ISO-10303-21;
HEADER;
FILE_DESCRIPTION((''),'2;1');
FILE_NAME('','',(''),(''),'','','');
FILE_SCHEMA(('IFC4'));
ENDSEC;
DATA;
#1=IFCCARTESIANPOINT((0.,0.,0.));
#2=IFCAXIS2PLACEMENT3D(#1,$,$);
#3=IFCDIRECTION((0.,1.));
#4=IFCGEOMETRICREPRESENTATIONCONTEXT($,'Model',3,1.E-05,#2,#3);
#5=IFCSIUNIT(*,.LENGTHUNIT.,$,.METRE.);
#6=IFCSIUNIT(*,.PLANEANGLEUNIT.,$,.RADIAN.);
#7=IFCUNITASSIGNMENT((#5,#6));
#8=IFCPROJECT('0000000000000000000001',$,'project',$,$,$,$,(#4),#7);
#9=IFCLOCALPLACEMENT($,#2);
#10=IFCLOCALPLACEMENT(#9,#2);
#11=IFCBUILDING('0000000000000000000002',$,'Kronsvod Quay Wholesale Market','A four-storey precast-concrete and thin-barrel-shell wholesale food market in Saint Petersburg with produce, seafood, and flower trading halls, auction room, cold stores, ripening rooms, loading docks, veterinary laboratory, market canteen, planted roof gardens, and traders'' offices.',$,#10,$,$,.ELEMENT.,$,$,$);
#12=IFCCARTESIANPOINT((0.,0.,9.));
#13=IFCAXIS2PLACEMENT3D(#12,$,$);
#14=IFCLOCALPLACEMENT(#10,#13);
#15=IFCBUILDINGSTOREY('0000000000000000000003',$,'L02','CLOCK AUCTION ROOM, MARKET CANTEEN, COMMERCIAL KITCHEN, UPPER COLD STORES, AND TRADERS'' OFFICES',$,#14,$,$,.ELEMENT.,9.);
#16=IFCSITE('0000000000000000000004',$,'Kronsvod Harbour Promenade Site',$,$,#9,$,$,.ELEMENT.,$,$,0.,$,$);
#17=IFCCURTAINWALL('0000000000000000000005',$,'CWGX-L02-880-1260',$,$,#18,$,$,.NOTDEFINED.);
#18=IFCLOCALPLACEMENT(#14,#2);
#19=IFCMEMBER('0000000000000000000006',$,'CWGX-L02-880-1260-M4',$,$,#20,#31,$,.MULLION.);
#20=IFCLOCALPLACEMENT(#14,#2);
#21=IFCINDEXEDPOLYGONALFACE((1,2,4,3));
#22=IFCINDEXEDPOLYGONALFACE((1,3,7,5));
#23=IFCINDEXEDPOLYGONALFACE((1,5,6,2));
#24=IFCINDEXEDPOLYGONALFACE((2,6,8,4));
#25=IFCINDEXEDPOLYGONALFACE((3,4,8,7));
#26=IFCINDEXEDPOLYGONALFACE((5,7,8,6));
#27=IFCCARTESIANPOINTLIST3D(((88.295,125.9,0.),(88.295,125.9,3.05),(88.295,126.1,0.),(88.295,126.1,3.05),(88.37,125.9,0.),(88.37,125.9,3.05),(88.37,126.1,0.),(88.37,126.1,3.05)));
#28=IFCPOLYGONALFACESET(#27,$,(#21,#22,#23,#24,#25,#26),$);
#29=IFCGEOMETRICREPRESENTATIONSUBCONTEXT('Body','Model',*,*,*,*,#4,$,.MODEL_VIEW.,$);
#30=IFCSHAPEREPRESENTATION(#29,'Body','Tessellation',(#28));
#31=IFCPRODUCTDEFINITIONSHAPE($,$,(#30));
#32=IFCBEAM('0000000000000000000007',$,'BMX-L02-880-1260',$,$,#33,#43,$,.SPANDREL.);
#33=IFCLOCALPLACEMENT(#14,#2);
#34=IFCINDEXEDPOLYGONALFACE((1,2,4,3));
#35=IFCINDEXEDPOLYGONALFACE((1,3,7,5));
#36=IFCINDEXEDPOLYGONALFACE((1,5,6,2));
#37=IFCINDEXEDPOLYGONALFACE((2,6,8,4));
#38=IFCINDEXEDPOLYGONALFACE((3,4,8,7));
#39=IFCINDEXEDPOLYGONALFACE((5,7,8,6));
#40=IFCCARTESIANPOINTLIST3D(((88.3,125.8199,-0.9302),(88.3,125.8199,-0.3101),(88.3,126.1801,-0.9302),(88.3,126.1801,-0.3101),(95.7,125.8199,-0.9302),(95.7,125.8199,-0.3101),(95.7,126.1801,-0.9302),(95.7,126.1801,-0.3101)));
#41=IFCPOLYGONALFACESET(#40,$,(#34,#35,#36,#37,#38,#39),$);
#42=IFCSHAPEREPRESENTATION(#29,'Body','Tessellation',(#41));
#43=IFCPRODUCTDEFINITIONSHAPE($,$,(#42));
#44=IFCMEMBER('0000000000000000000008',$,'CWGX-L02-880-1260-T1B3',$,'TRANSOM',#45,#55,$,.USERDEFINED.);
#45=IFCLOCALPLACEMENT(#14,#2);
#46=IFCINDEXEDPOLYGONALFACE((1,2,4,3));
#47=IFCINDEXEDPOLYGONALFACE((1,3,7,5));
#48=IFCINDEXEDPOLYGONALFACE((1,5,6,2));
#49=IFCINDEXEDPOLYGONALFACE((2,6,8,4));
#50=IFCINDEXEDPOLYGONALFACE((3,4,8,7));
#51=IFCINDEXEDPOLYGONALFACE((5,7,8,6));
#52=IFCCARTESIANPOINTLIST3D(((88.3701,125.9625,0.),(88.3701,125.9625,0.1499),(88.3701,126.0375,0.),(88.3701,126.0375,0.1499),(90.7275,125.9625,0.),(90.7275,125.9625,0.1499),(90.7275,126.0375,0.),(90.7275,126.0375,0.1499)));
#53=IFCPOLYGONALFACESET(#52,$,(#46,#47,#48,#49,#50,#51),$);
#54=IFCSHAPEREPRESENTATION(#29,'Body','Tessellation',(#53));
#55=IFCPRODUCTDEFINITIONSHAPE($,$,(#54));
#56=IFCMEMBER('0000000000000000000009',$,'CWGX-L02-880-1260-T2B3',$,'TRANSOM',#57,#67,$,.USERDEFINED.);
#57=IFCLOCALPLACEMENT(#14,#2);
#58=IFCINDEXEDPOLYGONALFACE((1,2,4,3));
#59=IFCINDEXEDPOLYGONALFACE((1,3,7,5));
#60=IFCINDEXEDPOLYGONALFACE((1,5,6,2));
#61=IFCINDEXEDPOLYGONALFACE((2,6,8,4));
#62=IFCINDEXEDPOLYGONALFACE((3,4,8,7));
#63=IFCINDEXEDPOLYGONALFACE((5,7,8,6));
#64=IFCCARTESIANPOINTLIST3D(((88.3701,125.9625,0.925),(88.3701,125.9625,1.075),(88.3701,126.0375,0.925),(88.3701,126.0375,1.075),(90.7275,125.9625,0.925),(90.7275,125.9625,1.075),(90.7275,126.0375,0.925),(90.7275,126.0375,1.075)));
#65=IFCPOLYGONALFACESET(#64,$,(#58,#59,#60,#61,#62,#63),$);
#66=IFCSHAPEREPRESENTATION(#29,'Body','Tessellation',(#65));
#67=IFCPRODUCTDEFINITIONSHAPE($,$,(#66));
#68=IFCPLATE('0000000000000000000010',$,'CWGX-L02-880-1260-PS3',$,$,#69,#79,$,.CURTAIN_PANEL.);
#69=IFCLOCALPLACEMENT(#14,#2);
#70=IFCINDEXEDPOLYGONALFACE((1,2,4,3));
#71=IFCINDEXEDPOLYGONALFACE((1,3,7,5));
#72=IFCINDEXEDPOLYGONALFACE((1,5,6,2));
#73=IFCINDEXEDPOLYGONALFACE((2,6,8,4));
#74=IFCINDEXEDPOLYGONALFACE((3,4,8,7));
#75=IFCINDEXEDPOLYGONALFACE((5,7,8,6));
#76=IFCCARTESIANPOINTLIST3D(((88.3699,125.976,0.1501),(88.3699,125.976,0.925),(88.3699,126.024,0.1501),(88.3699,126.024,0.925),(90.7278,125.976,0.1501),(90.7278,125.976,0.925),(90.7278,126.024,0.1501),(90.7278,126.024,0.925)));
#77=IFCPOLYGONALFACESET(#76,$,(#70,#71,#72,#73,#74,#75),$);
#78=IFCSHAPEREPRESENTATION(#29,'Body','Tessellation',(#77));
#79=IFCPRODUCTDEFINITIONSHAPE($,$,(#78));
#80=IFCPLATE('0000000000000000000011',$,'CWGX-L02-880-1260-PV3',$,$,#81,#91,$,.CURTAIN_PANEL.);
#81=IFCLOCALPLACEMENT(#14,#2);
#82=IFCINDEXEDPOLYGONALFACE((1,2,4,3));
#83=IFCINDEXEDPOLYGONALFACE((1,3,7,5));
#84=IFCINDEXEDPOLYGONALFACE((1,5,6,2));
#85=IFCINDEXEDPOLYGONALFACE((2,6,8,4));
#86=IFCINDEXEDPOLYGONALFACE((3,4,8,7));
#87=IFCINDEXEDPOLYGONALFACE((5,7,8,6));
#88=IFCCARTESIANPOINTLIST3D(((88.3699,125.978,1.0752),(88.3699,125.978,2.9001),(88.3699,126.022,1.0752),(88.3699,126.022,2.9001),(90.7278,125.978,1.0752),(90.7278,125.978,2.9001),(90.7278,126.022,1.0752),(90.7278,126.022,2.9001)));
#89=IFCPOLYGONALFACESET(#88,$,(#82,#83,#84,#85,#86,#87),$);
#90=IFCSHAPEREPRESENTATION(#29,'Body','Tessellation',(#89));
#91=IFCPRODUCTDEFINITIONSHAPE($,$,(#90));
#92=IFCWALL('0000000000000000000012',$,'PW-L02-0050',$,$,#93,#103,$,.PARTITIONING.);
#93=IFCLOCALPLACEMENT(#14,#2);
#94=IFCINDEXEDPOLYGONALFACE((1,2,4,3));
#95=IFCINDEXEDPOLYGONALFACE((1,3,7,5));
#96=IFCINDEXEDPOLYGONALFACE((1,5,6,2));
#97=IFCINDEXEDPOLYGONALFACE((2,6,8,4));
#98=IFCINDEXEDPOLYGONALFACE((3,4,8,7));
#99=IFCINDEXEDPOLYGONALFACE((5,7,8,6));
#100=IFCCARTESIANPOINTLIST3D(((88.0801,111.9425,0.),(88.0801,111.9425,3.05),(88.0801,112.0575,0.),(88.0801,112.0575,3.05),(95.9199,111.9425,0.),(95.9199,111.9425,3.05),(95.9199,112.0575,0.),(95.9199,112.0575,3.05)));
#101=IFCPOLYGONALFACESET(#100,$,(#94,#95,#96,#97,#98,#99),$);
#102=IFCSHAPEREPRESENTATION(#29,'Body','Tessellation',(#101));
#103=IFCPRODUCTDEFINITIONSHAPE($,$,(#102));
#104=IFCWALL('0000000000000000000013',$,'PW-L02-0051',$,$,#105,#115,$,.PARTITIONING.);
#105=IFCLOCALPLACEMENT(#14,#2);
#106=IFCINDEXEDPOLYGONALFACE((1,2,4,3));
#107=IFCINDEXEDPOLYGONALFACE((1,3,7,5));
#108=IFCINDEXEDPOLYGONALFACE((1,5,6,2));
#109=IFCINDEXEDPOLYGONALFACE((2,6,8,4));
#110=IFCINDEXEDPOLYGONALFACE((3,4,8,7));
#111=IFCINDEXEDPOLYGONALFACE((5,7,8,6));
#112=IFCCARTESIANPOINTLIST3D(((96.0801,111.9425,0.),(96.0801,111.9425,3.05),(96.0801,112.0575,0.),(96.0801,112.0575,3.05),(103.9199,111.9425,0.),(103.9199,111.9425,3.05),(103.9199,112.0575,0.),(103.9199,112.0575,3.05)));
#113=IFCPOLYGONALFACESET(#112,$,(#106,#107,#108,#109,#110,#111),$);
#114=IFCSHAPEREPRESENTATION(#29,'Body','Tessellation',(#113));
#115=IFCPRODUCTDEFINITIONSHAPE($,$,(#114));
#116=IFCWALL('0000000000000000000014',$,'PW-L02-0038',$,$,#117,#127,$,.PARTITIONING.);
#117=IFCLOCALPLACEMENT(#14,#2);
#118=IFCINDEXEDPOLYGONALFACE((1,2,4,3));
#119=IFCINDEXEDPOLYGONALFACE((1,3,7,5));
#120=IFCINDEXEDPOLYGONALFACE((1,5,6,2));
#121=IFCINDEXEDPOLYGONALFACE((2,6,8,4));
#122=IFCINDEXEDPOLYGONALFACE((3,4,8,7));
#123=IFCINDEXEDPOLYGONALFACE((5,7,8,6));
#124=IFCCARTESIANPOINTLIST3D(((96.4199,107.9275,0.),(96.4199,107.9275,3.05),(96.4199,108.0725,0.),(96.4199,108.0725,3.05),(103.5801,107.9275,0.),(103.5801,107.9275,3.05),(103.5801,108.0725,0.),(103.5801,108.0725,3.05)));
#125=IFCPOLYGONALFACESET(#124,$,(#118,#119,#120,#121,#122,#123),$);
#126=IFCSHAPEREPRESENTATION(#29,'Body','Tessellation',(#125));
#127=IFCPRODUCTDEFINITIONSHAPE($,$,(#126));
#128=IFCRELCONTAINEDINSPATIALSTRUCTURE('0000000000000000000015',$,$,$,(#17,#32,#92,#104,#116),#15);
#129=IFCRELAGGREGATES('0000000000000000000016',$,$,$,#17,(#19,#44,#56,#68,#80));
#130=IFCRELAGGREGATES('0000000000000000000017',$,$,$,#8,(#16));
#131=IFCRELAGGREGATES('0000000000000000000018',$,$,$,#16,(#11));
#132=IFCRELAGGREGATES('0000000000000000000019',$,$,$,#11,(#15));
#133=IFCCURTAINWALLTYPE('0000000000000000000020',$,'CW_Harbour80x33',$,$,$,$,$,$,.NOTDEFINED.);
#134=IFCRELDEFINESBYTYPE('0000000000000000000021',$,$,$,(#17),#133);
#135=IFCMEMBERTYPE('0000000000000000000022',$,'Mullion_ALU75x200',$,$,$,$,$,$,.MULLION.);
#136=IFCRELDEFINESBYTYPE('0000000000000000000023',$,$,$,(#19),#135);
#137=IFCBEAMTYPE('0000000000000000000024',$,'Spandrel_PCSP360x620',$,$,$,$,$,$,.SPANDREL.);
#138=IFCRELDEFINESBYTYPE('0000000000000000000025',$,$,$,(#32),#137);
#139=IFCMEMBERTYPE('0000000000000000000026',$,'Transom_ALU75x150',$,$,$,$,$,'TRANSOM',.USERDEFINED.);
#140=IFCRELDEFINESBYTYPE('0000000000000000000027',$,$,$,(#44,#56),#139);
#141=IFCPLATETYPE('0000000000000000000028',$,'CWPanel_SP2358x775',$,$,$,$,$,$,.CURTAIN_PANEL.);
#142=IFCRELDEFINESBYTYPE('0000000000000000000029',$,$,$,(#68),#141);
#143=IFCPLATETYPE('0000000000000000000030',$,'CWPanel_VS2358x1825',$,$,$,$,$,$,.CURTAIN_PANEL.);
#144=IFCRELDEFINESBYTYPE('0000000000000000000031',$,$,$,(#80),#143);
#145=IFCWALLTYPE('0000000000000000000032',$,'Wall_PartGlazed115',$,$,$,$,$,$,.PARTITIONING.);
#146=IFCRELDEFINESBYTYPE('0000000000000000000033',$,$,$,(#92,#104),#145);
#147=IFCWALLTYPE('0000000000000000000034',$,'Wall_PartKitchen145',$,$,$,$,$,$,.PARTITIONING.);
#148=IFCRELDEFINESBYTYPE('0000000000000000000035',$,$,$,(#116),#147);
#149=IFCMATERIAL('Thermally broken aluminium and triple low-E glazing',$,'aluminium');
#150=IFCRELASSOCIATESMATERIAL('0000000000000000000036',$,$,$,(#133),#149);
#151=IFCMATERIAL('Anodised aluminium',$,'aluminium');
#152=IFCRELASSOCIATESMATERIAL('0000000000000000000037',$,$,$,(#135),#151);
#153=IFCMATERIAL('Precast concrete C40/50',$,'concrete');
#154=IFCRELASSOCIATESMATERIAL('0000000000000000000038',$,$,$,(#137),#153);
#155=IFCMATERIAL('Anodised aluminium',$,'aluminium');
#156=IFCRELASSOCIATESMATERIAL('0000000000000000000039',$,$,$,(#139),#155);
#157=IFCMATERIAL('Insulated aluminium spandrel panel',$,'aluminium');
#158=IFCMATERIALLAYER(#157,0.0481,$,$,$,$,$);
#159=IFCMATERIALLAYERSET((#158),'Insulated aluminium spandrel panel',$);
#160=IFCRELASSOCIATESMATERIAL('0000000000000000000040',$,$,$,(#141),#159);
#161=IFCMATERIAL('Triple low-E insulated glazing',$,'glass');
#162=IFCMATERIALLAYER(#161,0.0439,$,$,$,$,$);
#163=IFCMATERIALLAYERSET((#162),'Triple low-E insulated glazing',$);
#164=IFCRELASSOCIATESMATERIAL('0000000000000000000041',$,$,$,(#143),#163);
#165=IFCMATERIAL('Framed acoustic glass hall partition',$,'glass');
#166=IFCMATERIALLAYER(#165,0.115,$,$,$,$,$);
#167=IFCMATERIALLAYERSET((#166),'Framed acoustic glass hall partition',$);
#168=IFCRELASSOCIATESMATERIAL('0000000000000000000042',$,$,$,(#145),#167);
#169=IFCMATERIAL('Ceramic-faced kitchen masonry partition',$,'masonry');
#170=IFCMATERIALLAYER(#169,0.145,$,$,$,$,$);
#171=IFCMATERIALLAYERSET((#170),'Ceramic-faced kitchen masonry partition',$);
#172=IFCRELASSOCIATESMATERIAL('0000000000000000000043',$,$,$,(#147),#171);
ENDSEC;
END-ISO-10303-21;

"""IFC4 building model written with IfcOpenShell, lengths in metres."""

from ifc_helpers import new_model, si_unit, direction, frame, frame_2d, origin, origin_2d, place, context, subcontext, project, spatial, rectangle, extrude, material, layer, layer_set, material_profile, profile_set, type_object, element, aggregate, save


model = new_model("IFC4")

# Units and contexts
model_context = context("Model", 3, precision=1e-05, world=origin(), true_north=direction((0.0, 1.0)))
body_context = subcontext(model_context, "Body", "Model", "MODEL_VIEW")
ifc_project = project(units=[si_unit("LENGTHUNIT", "METRE"), si_unit("PLANEANGLEUNIT", "RADIAN")], contexts=[model_context])

# Site, building, storey
site_placement = place(None, origin())
site = spatial("IfcSite", under=ifc_project, at=site_placement, Name="Kronsvod Harbour Promenade Site", CompositionType="ELEMENT", RefElevation=0.0)
building_placement = place(site_placement, origin())
building = spatial("IfcBuilding", under=site, at=building_placement, Name="Kronsvod Quay Wholesale Market", Description="A four-storey precast-concrete and thin-barrel-shell wholesale food market in Saint Petersburg with produce, seafood, and flower trading halls, auction room, cold stores, ripening rooms, loading docks, veterinary laboratory, market canteen, planted roof gardens, and traders' offices.", CompositionType="ELEMENT")
storey_placement = place(building_placement, frame((0.0, 0.0, 9.0)))
storey = spatial("IfcBuildingStorey", under=building, at=storey_placement, Name="L02", Description="CLOCK AUCTION ROOM, MARKET CANTEEN, COMMERCIAL KITCHEN, UPPER COLD STORES, AND TRADERS' OFFICES", CompositionType="ELEMENT", Elevation=9.0)

# Curtain wall, member
ifc_material_1 = material(Name="Thermally broken aluminium and triple low-E glazing", Category="aluminium")
curtain_wall_type = type_object("IfcCurtainWallType", Name="CW_Harbour80x33", PredefinedType="NOTDEFINED", material=ifc_material_1)
curtain_wall_placement = place(storey_placement, origin())
curtain_wall = element("IfcCurtainWall", 1, at=curtain_wall_placement, inside=storey, type_object=curtain_wall_type, Name="CWGX-L02-880-1260", PredefinedType="NOTDEFINED")
ifc_material_2 = material(Name="Anodised aluminium", Category="aluminium")
ifc_material_profile_1 = material_profile(ifc_material_2, rectangle(XDim=0.075, YDim=0.2, at=origin_2d()), Name="ALUM75x200")
ifc_profile_set_1 = profile_set([ifc_material_profile_1], Name="Anodised aluminium")
member_type_1 = type_object("IfcMemberType", Name="Mullion_ALU75x200", PredefinedType="MULLION", material=ifc_profile_set_1)
member_1_placement = place(storey_placement, frame((88.3325, 126.0, 0.0), z_axis=(0.0, 0.0, 1.0), x_axis=(1.0, 0.0, 0.0)))
member_1 = element("IfcMember", 2, at=member_1_placement, type_object=member_type_1, Name="CWGX-L02-880-1260-M4", PredefinedType="MULLION", context=body_context, shape_type="SweptSolid", body=[
    extrude(rectangle(XDim=0.075, YDim=0.2, at=origin_2d()), origin(), (0.0, 0.0, 1.0), 3.05),
])

# Beam
ifc_material_3 = material(Name="Precast concrete C40/50", Category="concrete")
ifc_material_profile_2 = material_profile(ifc_material_3, rectangle(XDim=0.3601, YDim=0.6201, at=origin_2d()), Name="SPB-02")
ifc_profile_set_2 = profile_set([ifc_material_profile_2], Name="Precast concrete C40/50")
beam_type_1 = type_object("IfcBeamType", Name="Spandrel_PCSP360x620", PredefinedType="SPANDREL", material=ifc_profile_set_2)
beam_1_placement = place(storey_placement, frame((88.3, 126.0, -0.6201), z_axis=(1.0, 0.0, 0.0), x_axis=(0.0, 1.0, 0.0)))
element("IfcBeam", 3, at=beam_1_placement, inside=storey, type_object=beam_type_1, Name="BMX-L02-880-1260", PredefinedType="SPANDREL", context=body_context, shape_type="SweptSolid", body=[
    extrude(rectangle(XDim=0.3601, YDim=0.6201, at=origin_2d()), origin(), (0.0, 0.0, 1.0), 7.3999),
])

# Members
ifc_material_4 = material(Name="Anodised aluminium", Category="aluminium")
ifc_material_profile_3 = material_profile(ifc_material_4, rectangle(XDim=0.075, YDim=0.1499, at=origin_2d()), Name="ALUT75x150")
ifc_profile_set_3 = profile_set([ifc_material_profile_3], Name="Anodised aluminium")
member_type_2 = type_object("IfcMemberType", Name="Transom_ALU75x150", ElementType="TRANSOM", PredefinedType="USERDEFINED", material=ifc_profile_set_3)
member_2_placement = place(storey_placement, frame((90.7275, 126.0, 0.075), z_axis=(-1.0, 0.0, 0.0), x_axis=(0.0, -1.0, 0.0)))
member_2 = element("IfcMember", 4, at=member_2_placement, type_object=member_type_2, Name="CWGX-L02-880-1260-T1B3", ObjectType="TRANSOM", PredefinedType="USERDEFINED", context=body_context, shape_type="SweptSolid", body=[
    extrude(rectangle(XDim=0.075, YDim=0.1499, at=origin_2d()), origin(), (0.0, 0.0, 1.0), 2.3574),
])
member_3_placement = place(storey_placement, frame((90.7275, 126.0, 1.0), z_axis=(-1.0, 0.0, 0.0), x_axis=(0.0, -1.0, 0.0)))
member_3 = element("IfcMember", 5, at=member_3_placement, type_object=member_type_2, Name="CWGX-L02-880-1260-T2B3", ObjectType="TRANSOM", PredefinedType="USERDEFINED", context=body_context, shape_type="SweptSolid", body=[
    extrude(rectangle(XDim=0.075, YDim=0.1499, at=origin_2d()), origin(), (0.0, 0.0, 1.0), 2.3574),
])

# Plates
ifc_material_5 = material(Name="Insulated aluminium spandrel panel", Category="aluminium")
ifc_layer_1 = layer(ifc_material_5, 0.0481)
ifc_layer_set_1 = layer_set([ifc_layer_1], Name="Insulated aluminium spandrel panel")
plate_type_1 = type_object("IfcPlateType", Name="CWPanel_SP2358x775", PredefinedType="CURTAIN_PANEL", material=ifc_layer_set_1)
plate_1_placement = place(storey_placement, frame((89.5488, 126.0, 0.1501), z_axis=(0.0, 0.0, 1.0), x_axis=(-1.0, 0.0, 0.0)))
plate_1 = element("IfcPlate", 6, at=plate_1_placement, type_object=plate_type_1, Name="CWGX-L02-880-1260-PS3", PredefinedType="CURTAIN_PANEL", context=body_context, shape_type="SweptSolid", body=[
    extrude(rectangle(XDim=2.3579, YDim=0.0481, at=origin_2d()), origin(), (0.0, 0.0, 1.0), 0.7749),
])
ifc_material_6 = material(Name="Triple low-E insulated glazing", Category="glass")
ifc_layer_2 = layer(ifc_material_6, 0.0439)
ifc_layer_set_2 = layer_set([ifc_layer_2], Name="Triple low-E insulated glazing")
plate_type_2 = type_object("IfcPlateType", Name="CWPanel_VS2358x1825", PredefinedType="CURTAIN_PANEL", material=ifc_layer_set_2)
plate_2_placement = place(storey_placement, frame((89.5488, 126.0, 1.0752), z_axis=(0.0, 0.0, 1.0), x_axis=(-1.0, 0.0, 0.0)))
plate_2 = element("IfcPlate", 7, at=plate_2_placement, type_object=plate_type_2, Name="CWGX-L02-880-1260-PV3", PredefinedType="CURTAIN_PANEL", context=body_context, shape_type="SweptSolid", body=[
    extrude(rectangle(XDim=2.3579, YDim=0.0439, at=origin_2d()), origin(), (0.0, 0.0, 1.0), 1.825),
])
aggregate(curtain_wall, [member_1, member_2, member_3, plate_1, plate_2])

# Walls
ifc_material_7 = material(Name="Framed acoustic glass hall partition", Category="glass")
ifc_layer_3 = layer(ifc_material_7, 0.115)
ifc_layer_set_3 = layer_set([ifc_layer_3], Name="Framed acoustic glass hall partition")
wall_type_1 = type_object("IfcWallType", Name="Wall_PartGlazed115", PredefinedType="PARTITIONING", material=ifc_layer_set_3)
for number, where, z_axis, x_axis, name in (
    (8, (88.0801, 112.0, 0.0), (0.0, 0.0, 1.0), (1.0, 0.0, 0.0), "PW-L02-0050"),
    (9, (96.0801, 112.0, 0.0), (0.0, 0.0, 1.0), (1.0, 0.0, 0.0), "PW-L02-0051"),
):
    element("IfcWall", number, at=place(storey_placement, frame(where, z_axis=z_axis, x_axis=x_axis)), inside=storey, type_object=wall_type_1, Name=name, PredefinedType="PARTITIONING", context=body_context, shape_type="SweptSolid", body=[
        extrude(rectangle(XDim=7.8398, YDim=0.115, at=frame_2d((3.9199, 0.0))), origin(), (0.0, 0.0, 1.0), 3.05),
    ])
ifc_material_8 = material(Name="Ceramic-faced kitchen masonry partition", Category="masonry")
ifc_layer_4 = layer(ifc_material_8, 0.145)
ifc_layer_set_4 = layer_set([ifc_layer_4], Name="Ceramic-faced kitchen masonry partition")
wall_type_2 = type_object("IfcWallType", Name="Wall_PartKitchen145", PredefinedType="PARTITIONING", material=ifc_layer_set_4)
wall_placement = place(storey_placement, frame((96.4199, 108.0, 0.0), z_axis=(0.0, 0.0, 1.0), x_axis=(1.0, 0.0, 0.0)))
element("IfcWall", 10, at=wall_placement, inside=storey, type_object=wall_type_2, Name="PW-L02-0038", PredefinedType="PARTITIONING", context=body_context, shape_type="SweptSolid", body=[
    extrude(rectangle(XDim=7.1602, YDim=0.145, at=frame_2d((3.5801, 0.0))), origin(), (0.0, 0.0, 1.0), 3.05),
])

save(model, "model.ifc")
